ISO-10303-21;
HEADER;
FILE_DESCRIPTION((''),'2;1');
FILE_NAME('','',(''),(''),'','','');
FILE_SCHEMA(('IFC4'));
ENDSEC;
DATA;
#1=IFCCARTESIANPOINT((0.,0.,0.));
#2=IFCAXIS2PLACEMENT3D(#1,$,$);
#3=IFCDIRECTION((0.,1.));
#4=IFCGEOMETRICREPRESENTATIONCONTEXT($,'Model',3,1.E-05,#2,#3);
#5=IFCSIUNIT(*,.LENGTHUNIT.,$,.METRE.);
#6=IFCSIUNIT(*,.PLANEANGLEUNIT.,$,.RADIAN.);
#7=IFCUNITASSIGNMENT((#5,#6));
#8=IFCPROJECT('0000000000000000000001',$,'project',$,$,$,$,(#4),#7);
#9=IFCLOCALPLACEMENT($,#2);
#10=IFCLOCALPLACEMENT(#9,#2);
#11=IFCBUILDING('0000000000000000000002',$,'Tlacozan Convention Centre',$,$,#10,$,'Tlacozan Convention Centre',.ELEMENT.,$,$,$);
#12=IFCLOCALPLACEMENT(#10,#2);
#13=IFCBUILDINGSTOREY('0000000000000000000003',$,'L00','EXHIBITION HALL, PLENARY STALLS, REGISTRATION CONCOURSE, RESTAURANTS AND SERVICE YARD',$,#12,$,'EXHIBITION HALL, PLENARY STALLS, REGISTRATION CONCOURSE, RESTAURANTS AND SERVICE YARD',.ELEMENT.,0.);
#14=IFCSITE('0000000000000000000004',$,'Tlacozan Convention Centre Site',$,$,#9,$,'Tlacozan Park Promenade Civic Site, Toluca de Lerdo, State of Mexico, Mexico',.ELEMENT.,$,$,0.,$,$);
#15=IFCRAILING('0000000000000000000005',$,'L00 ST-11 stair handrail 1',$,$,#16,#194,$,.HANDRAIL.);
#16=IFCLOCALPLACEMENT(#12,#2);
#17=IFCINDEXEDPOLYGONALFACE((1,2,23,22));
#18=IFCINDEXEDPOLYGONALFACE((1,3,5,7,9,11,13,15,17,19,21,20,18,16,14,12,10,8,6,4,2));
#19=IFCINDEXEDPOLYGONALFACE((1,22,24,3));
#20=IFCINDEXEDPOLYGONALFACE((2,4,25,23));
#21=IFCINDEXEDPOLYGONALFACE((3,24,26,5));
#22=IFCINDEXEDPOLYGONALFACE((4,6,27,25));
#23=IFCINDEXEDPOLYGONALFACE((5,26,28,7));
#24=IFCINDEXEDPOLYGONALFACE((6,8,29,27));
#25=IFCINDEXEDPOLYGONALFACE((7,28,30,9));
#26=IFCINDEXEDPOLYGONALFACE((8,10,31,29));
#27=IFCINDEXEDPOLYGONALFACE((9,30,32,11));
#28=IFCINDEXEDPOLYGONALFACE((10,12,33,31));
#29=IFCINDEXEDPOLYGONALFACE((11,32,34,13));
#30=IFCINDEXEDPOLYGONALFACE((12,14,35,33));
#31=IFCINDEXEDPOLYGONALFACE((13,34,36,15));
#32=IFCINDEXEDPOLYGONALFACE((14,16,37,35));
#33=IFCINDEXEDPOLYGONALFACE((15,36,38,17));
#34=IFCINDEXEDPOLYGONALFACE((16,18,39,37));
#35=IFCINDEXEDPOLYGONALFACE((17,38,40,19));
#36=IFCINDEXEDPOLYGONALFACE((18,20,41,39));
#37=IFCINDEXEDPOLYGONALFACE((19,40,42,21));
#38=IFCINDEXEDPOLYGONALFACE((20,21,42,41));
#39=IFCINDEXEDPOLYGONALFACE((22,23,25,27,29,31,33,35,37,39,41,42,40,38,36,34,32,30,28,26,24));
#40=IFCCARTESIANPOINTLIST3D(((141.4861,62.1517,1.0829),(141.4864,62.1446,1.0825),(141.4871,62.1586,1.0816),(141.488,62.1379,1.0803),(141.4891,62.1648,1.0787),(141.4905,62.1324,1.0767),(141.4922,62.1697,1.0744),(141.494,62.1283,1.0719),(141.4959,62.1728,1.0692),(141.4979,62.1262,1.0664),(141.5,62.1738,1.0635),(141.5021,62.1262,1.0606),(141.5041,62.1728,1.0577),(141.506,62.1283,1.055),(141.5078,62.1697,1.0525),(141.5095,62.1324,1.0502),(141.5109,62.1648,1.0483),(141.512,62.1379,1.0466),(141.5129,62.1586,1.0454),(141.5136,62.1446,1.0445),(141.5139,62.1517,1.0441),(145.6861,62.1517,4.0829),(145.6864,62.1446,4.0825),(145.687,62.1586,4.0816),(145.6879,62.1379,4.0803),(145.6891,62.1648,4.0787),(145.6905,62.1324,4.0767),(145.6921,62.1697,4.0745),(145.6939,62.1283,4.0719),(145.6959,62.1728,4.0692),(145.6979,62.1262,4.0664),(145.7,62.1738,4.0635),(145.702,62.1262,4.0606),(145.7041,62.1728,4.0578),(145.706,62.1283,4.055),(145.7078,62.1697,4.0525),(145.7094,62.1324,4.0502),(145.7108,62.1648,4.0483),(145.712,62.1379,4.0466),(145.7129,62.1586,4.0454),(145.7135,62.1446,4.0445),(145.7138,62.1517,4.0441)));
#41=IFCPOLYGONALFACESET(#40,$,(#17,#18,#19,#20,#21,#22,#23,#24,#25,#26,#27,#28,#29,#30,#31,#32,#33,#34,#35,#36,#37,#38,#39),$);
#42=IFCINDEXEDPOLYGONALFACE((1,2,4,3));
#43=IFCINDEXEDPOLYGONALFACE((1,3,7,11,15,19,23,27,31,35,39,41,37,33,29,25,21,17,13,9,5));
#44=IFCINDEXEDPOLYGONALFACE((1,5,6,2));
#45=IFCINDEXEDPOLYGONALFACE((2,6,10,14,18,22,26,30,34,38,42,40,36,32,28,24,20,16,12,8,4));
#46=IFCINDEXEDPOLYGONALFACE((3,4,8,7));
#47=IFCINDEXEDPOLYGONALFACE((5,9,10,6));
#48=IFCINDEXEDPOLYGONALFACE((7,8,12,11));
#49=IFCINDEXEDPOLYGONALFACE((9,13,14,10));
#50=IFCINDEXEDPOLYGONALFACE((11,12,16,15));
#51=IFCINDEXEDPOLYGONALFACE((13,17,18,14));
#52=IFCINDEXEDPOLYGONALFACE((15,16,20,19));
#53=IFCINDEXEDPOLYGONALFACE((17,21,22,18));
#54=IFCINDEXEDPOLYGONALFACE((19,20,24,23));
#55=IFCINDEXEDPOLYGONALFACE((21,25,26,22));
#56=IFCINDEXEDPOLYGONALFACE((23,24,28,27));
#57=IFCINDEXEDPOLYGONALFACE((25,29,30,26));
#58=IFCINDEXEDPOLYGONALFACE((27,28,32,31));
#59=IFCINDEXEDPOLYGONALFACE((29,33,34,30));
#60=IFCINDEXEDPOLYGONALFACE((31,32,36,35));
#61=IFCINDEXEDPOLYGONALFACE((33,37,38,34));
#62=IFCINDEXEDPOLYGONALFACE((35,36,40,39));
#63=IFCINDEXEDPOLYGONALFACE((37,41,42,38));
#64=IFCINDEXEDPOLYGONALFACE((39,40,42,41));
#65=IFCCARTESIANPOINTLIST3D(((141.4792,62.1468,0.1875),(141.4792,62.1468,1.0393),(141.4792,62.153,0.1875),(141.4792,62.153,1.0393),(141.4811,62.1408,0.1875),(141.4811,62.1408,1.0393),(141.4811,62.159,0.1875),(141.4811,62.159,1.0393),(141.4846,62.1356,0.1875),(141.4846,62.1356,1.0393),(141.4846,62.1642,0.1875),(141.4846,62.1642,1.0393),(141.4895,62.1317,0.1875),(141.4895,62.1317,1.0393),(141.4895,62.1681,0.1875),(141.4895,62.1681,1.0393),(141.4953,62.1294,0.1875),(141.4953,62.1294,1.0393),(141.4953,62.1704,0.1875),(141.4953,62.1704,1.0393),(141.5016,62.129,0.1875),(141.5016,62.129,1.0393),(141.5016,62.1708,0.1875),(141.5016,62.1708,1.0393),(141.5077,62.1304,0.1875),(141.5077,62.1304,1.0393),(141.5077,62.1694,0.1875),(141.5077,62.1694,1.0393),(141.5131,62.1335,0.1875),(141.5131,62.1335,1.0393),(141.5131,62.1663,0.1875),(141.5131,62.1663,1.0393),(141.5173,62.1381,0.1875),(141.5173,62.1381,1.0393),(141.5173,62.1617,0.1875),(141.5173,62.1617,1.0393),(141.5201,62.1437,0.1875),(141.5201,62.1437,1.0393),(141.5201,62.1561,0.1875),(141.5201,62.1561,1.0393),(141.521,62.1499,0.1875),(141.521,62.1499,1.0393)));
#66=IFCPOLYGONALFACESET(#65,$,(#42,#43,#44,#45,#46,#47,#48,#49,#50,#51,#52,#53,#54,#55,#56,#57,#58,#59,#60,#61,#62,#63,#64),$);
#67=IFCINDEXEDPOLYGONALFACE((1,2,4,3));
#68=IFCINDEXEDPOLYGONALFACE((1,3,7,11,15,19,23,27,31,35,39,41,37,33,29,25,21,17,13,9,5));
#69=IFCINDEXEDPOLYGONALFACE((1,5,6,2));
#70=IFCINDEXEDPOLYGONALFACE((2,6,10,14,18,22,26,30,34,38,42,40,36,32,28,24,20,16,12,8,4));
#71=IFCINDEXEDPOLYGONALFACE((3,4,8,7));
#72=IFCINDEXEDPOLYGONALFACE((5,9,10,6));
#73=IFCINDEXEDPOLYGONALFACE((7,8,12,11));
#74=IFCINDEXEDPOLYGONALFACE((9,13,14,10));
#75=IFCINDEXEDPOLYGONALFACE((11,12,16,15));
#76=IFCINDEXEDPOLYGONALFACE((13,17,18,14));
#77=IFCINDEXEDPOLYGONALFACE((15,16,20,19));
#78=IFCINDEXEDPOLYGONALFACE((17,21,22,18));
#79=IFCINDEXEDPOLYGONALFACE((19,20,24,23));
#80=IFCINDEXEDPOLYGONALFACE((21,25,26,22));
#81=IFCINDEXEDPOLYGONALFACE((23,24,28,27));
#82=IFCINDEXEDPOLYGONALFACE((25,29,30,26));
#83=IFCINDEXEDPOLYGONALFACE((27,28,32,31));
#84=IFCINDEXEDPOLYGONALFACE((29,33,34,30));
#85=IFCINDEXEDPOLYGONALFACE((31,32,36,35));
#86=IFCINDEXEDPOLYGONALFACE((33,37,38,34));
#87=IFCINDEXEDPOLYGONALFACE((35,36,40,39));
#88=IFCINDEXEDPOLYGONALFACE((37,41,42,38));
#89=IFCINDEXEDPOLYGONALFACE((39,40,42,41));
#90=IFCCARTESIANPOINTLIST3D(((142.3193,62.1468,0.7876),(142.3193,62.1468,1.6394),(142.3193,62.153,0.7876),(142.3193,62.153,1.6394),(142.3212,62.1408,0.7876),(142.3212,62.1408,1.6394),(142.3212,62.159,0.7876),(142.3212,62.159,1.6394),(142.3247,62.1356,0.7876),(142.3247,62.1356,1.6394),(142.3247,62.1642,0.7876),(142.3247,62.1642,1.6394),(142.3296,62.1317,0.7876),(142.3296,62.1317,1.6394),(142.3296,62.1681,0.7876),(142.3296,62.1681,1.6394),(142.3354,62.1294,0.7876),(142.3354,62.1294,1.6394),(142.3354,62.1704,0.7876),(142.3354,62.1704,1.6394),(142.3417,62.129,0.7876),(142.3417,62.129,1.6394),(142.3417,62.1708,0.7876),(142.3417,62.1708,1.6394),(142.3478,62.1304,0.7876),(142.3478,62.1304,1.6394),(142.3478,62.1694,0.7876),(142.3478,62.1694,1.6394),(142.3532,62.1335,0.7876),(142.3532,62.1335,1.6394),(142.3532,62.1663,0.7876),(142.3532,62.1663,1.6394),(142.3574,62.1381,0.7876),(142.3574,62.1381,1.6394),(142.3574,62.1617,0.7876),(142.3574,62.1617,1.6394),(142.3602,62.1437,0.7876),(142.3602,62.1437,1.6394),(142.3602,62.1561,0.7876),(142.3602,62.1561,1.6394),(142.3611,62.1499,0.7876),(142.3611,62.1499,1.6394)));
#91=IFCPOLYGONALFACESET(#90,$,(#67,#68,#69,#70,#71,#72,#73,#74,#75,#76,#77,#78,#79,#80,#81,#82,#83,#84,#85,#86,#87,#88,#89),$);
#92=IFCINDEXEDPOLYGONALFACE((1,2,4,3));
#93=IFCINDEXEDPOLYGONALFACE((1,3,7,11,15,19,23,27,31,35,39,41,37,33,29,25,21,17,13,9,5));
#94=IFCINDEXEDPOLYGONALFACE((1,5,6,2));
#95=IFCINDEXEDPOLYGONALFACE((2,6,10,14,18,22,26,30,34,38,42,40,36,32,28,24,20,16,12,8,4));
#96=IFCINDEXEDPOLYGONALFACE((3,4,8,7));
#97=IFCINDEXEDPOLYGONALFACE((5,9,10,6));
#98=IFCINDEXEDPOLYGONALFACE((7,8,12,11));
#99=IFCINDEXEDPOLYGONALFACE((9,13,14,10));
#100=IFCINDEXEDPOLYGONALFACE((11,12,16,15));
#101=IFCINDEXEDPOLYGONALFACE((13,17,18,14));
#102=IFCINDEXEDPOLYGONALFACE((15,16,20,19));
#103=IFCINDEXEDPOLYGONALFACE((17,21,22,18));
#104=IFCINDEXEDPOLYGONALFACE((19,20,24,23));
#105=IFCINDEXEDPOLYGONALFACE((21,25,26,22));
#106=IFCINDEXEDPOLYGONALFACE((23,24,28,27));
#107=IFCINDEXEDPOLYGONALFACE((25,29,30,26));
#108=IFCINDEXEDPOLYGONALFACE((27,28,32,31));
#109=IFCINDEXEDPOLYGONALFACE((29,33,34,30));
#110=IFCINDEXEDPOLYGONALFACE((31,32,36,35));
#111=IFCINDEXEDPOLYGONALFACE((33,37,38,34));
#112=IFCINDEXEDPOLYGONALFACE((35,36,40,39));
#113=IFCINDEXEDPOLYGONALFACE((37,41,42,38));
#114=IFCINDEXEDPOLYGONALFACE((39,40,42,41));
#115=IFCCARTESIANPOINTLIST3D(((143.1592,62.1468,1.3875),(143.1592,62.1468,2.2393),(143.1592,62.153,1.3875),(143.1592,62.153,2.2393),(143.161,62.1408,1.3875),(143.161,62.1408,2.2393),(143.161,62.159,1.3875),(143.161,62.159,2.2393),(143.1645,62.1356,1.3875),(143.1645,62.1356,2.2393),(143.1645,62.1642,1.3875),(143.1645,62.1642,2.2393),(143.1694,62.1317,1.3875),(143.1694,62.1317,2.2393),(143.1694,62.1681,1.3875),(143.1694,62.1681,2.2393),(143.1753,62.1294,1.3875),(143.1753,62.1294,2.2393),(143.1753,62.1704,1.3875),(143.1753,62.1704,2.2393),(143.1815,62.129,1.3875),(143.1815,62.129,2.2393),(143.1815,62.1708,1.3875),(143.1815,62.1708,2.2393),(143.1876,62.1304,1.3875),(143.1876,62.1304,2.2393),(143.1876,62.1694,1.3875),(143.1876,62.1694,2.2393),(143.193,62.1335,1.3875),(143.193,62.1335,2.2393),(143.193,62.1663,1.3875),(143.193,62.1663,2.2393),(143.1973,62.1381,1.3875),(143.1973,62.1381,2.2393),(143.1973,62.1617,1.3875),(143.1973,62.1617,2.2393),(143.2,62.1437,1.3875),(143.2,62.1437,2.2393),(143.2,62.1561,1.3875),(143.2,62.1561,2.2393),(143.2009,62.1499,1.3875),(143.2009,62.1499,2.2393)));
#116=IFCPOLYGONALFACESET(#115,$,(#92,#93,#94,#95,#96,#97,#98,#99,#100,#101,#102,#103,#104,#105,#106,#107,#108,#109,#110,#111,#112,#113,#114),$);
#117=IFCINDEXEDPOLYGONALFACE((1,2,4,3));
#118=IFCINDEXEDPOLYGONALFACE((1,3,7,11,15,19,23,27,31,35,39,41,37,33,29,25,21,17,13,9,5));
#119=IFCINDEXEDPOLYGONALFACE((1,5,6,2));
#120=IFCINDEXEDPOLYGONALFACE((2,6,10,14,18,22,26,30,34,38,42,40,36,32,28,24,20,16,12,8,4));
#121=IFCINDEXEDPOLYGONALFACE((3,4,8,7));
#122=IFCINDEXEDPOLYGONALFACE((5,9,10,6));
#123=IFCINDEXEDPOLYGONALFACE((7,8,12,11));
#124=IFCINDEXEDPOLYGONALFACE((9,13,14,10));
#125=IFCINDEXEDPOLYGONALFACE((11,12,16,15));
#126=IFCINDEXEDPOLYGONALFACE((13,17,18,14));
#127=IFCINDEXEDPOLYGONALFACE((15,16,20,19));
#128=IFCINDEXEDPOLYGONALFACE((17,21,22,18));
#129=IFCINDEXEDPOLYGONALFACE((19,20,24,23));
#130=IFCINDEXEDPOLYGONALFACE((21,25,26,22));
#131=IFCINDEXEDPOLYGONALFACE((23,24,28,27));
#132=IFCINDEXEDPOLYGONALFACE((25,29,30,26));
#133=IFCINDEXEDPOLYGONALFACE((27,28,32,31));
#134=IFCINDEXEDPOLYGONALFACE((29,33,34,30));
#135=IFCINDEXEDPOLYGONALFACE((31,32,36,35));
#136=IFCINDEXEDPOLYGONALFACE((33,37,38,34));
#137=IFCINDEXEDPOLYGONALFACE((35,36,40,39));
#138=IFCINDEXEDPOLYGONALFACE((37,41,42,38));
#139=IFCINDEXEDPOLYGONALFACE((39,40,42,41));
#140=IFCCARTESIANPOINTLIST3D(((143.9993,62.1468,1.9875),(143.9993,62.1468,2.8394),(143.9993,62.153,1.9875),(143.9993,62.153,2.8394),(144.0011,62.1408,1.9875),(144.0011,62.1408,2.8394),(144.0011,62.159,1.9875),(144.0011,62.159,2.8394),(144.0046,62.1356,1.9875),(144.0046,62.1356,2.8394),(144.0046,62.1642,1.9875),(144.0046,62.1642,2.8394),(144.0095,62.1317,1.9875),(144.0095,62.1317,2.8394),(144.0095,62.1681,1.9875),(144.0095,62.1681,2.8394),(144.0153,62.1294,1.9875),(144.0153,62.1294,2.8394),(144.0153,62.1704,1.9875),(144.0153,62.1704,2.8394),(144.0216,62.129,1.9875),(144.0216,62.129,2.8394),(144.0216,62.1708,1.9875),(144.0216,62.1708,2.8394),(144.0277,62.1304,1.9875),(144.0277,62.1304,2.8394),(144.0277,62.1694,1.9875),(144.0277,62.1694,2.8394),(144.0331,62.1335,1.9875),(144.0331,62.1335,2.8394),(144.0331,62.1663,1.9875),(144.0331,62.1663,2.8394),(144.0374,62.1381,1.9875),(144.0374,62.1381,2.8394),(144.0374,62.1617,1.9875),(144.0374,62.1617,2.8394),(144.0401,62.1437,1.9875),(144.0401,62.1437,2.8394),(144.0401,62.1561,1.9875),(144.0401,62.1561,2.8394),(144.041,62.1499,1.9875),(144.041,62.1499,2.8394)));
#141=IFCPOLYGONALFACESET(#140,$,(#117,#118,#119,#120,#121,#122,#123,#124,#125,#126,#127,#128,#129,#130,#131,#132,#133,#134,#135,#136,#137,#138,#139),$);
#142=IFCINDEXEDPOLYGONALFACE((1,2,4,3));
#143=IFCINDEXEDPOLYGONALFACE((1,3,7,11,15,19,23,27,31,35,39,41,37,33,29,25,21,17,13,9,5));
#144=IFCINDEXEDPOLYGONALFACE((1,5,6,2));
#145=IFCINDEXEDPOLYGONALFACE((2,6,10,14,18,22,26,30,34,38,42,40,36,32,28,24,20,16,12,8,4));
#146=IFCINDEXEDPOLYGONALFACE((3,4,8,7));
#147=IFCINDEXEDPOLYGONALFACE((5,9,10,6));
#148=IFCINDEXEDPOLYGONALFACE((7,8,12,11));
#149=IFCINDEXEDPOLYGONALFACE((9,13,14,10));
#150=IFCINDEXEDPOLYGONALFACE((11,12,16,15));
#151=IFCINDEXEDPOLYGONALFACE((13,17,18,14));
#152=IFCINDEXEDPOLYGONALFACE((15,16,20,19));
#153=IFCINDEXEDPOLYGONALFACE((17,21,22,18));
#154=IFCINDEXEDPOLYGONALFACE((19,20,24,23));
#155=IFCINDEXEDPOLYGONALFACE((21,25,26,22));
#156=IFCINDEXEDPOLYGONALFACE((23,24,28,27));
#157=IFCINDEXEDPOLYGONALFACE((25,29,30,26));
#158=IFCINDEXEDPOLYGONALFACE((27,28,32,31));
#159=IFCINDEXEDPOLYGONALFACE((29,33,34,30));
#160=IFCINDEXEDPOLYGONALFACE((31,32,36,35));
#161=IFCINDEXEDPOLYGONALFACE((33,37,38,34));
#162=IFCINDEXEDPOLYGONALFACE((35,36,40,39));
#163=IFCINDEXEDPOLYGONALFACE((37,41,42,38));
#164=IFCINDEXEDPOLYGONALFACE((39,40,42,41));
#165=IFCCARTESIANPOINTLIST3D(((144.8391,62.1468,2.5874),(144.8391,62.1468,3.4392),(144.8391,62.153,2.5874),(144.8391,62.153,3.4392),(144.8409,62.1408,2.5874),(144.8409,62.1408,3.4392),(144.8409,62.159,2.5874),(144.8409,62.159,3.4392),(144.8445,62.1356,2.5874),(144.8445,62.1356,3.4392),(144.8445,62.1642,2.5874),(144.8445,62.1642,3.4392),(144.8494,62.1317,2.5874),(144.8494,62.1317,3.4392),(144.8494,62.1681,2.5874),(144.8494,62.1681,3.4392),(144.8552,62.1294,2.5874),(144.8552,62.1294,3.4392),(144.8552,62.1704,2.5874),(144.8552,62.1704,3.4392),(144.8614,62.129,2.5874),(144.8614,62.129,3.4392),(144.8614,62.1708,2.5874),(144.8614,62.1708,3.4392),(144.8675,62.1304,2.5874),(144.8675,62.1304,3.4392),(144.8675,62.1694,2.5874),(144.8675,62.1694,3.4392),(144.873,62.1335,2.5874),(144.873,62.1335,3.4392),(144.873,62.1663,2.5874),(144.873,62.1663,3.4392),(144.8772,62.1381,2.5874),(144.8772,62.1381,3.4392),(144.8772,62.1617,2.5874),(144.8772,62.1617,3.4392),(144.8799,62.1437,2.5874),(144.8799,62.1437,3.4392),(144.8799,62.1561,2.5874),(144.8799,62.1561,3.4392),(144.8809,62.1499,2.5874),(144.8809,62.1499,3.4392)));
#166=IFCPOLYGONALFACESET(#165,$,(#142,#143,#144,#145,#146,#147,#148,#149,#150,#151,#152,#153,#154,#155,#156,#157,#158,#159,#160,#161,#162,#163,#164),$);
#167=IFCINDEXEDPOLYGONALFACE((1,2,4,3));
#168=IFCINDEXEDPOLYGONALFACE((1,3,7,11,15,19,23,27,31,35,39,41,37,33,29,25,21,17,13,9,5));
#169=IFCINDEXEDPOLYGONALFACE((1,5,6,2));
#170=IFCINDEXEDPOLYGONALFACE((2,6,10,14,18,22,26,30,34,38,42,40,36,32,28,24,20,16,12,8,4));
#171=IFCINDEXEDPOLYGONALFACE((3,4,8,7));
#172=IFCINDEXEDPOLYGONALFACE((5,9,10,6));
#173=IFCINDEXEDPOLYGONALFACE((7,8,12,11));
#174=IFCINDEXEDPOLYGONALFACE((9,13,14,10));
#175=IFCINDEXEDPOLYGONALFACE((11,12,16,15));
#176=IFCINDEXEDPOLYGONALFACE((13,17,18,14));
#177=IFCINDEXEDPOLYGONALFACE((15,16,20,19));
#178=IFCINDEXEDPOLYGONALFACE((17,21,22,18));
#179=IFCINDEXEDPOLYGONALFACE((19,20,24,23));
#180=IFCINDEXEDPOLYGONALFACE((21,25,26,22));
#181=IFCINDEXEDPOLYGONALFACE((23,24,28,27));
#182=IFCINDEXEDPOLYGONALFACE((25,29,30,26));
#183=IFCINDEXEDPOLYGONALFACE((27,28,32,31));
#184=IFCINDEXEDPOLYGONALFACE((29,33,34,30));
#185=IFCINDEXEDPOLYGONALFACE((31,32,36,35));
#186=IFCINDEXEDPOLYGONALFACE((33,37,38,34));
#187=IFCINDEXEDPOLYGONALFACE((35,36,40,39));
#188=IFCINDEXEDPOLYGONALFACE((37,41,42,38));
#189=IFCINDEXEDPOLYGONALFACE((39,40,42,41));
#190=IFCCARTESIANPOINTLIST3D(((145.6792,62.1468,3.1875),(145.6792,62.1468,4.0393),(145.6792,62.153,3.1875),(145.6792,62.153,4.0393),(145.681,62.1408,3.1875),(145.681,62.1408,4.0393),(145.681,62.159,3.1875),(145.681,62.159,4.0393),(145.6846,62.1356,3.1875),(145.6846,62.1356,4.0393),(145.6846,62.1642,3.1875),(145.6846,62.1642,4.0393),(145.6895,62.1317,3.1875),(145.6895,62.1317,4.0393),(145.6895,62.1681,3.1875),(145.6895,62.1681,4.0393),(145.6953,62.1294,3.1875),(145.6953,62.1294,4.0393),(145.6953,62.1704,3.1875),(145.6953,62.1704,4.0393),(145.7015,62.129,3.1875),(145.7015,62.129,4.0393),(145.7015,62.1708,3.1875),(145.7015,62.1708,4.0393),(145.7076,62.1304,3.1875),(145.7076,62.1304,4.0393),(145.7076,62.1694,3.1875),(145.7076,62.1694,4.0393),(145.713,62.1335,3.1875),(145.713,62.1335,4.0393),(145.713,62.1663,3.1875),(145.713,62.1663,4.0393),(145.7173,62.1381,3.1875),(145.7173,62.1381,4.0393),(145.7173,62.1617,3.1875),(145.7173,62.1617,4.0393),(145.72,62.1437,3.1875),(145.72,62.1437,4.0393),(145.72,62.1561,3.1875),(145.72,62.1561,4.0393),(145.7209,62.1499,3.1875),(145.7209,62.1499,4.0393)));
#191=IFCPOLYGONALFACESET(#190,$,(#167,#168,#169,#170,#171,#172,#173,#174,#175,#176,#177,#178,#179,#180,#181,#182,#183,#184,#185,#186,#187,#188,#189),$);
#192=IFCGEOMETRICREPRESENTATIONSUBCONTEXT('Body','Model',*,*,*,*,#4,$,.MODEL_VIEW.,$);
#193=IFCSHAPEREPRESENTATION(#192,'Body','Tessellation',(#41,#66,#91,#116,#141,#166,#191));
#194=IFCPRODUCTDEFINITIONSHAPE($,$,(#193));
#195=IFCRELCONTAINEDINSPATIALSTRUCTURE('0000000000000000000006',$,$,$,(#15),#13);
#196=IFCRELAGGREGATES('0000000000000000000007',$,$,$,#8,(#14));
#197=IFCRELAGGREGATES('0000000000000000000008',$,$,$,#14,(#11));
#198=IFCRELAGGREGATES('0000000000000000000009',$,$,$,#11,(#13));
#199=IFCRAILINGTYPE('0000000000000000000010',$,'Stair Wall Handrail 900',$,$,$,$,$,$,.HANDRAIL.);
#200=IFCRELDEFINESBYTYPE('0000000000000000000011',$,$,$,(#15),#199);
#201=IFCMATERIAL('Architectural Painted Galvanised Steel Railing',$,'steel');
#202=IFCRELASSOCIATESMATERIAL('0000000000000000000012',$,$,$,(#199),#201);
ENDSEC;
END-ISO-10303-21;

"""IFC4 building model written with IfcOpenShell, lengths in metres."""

from ifc_helpers import new_model, si_unit, direction, frame, origin, origin_2d, place, context, subcontext, project, spatial, circle, extrude, material, type_object, element, save


model = new_model("IFC4")

# Units and contexts
model_context = context("Model", 3, precision=1e-05, world=origin(), true_north=direction((0.0, 1.0)))
body_context = subcontext(model_context, "Body", "Model", "MODEL_VIEW")
ifc_project = project(units=[si_unit("LENGTHUNIT", "METRE"), si_unit("PLANEANGLEUNIT", "RADIAN")], contexts=[model_context])

# Site, building, storey
site_placement = place(None, origin())
site = spatial("IfcSite", under=ifc_project, at=site_placement, Name="Tlacozan Convention Centre Site", LongName="Tlacozan Park Promenade Civic Site, Toluca de Lerdo, State of Mexico, Mexico", CompositionType="ELEMENT", RefElevation=0.0)
building_placement = place(site_placement, origin())
building = spatial("IfcBuilding", under=site, at=building_placement, Name="Tlacozan Convention Centre", LongName="Tlacozan Convention Centre", CompositionType="ELEMENT")
storey_placement = place(building_placement, origin())
storey = spatial("IfcBuildingStorey", under=building, at=storey_placement, Name="L00", Description="EXHIBITION HALL, PLENARY STALLS, REGISTRATION CONCOURSE, RESTAURANTS AND SERVICE YARD", LongName="EXHIBITION HALL, PLENARY STALLS, REGISTRATION CONCOURSE, RESTAURANTS AND SERVICE YARD", CompositionType="ELEMENT", Elevation=0.0)

# Railing
ifc_material_1 = material(Name="Architectural Painted Galvanised Steel Railing", Category="steel")
railing_type_1 = type_object("IfcRailingType", Name="Stair Wall Handrail 900", PredefinedType="HANDRAIL", material=ifc_material_1)
railing_1_placement = place(storey_placement, frame((141.5, 62.1499, 0.1875)))
element("IfcRailing", 1, at=railing_1_placement, inside=storey, type_object=railing_type_1, Name="L00 ST-11 stair handrail 1", PredefinedType="HANDRAIL", context=body_context, shape_type="SweptSolid", body=[
    extrude(circle(Radius=0.0239, at=origin_2d()), frame((0.0, 0.0, 0.876), z_axis=(0.81373, 0.0, 0.581243), x_axis=(0.0, 1.0, 0.0)), (0.0, 0.0, 1.0), 5.1614),
    extrude(circle(Radius=0.021, at=origin_2d()), origin(), (0.0, 0.0, 1.0), 0.8518),
    extrude(circle(Radius=0.021, at=origin_2d()), frame((0.8401, 0.0, 0.6001)), (0.0, 0.0, 1.0), 0.8518),
    extrude(circle(Radius=0.021, at=origin_2d()), frame((1.6799, 0.0, 1.2)), (0.0, 0.0, 1.0), 0.8518),
    extrude(circle(Radius=0.021, at=origin_2d()), frame((2.52, 0.0, 1.8)), (0.0, 0.0, 1.0), 0.8518),
    extrude(circle(Radius=0.021, at=origin_2d()), frame((3.3599, 0.0, 2.3999)), (0.0, 0.0, 1.0), 0.8518),
    extrude(circle(Radius=0.021, at=origin_2d()), frame((4.2, 0.0, 3.0)), (0.0, 0.0, 1.0), 0.8518),
])

save(model, "model.ifc")
